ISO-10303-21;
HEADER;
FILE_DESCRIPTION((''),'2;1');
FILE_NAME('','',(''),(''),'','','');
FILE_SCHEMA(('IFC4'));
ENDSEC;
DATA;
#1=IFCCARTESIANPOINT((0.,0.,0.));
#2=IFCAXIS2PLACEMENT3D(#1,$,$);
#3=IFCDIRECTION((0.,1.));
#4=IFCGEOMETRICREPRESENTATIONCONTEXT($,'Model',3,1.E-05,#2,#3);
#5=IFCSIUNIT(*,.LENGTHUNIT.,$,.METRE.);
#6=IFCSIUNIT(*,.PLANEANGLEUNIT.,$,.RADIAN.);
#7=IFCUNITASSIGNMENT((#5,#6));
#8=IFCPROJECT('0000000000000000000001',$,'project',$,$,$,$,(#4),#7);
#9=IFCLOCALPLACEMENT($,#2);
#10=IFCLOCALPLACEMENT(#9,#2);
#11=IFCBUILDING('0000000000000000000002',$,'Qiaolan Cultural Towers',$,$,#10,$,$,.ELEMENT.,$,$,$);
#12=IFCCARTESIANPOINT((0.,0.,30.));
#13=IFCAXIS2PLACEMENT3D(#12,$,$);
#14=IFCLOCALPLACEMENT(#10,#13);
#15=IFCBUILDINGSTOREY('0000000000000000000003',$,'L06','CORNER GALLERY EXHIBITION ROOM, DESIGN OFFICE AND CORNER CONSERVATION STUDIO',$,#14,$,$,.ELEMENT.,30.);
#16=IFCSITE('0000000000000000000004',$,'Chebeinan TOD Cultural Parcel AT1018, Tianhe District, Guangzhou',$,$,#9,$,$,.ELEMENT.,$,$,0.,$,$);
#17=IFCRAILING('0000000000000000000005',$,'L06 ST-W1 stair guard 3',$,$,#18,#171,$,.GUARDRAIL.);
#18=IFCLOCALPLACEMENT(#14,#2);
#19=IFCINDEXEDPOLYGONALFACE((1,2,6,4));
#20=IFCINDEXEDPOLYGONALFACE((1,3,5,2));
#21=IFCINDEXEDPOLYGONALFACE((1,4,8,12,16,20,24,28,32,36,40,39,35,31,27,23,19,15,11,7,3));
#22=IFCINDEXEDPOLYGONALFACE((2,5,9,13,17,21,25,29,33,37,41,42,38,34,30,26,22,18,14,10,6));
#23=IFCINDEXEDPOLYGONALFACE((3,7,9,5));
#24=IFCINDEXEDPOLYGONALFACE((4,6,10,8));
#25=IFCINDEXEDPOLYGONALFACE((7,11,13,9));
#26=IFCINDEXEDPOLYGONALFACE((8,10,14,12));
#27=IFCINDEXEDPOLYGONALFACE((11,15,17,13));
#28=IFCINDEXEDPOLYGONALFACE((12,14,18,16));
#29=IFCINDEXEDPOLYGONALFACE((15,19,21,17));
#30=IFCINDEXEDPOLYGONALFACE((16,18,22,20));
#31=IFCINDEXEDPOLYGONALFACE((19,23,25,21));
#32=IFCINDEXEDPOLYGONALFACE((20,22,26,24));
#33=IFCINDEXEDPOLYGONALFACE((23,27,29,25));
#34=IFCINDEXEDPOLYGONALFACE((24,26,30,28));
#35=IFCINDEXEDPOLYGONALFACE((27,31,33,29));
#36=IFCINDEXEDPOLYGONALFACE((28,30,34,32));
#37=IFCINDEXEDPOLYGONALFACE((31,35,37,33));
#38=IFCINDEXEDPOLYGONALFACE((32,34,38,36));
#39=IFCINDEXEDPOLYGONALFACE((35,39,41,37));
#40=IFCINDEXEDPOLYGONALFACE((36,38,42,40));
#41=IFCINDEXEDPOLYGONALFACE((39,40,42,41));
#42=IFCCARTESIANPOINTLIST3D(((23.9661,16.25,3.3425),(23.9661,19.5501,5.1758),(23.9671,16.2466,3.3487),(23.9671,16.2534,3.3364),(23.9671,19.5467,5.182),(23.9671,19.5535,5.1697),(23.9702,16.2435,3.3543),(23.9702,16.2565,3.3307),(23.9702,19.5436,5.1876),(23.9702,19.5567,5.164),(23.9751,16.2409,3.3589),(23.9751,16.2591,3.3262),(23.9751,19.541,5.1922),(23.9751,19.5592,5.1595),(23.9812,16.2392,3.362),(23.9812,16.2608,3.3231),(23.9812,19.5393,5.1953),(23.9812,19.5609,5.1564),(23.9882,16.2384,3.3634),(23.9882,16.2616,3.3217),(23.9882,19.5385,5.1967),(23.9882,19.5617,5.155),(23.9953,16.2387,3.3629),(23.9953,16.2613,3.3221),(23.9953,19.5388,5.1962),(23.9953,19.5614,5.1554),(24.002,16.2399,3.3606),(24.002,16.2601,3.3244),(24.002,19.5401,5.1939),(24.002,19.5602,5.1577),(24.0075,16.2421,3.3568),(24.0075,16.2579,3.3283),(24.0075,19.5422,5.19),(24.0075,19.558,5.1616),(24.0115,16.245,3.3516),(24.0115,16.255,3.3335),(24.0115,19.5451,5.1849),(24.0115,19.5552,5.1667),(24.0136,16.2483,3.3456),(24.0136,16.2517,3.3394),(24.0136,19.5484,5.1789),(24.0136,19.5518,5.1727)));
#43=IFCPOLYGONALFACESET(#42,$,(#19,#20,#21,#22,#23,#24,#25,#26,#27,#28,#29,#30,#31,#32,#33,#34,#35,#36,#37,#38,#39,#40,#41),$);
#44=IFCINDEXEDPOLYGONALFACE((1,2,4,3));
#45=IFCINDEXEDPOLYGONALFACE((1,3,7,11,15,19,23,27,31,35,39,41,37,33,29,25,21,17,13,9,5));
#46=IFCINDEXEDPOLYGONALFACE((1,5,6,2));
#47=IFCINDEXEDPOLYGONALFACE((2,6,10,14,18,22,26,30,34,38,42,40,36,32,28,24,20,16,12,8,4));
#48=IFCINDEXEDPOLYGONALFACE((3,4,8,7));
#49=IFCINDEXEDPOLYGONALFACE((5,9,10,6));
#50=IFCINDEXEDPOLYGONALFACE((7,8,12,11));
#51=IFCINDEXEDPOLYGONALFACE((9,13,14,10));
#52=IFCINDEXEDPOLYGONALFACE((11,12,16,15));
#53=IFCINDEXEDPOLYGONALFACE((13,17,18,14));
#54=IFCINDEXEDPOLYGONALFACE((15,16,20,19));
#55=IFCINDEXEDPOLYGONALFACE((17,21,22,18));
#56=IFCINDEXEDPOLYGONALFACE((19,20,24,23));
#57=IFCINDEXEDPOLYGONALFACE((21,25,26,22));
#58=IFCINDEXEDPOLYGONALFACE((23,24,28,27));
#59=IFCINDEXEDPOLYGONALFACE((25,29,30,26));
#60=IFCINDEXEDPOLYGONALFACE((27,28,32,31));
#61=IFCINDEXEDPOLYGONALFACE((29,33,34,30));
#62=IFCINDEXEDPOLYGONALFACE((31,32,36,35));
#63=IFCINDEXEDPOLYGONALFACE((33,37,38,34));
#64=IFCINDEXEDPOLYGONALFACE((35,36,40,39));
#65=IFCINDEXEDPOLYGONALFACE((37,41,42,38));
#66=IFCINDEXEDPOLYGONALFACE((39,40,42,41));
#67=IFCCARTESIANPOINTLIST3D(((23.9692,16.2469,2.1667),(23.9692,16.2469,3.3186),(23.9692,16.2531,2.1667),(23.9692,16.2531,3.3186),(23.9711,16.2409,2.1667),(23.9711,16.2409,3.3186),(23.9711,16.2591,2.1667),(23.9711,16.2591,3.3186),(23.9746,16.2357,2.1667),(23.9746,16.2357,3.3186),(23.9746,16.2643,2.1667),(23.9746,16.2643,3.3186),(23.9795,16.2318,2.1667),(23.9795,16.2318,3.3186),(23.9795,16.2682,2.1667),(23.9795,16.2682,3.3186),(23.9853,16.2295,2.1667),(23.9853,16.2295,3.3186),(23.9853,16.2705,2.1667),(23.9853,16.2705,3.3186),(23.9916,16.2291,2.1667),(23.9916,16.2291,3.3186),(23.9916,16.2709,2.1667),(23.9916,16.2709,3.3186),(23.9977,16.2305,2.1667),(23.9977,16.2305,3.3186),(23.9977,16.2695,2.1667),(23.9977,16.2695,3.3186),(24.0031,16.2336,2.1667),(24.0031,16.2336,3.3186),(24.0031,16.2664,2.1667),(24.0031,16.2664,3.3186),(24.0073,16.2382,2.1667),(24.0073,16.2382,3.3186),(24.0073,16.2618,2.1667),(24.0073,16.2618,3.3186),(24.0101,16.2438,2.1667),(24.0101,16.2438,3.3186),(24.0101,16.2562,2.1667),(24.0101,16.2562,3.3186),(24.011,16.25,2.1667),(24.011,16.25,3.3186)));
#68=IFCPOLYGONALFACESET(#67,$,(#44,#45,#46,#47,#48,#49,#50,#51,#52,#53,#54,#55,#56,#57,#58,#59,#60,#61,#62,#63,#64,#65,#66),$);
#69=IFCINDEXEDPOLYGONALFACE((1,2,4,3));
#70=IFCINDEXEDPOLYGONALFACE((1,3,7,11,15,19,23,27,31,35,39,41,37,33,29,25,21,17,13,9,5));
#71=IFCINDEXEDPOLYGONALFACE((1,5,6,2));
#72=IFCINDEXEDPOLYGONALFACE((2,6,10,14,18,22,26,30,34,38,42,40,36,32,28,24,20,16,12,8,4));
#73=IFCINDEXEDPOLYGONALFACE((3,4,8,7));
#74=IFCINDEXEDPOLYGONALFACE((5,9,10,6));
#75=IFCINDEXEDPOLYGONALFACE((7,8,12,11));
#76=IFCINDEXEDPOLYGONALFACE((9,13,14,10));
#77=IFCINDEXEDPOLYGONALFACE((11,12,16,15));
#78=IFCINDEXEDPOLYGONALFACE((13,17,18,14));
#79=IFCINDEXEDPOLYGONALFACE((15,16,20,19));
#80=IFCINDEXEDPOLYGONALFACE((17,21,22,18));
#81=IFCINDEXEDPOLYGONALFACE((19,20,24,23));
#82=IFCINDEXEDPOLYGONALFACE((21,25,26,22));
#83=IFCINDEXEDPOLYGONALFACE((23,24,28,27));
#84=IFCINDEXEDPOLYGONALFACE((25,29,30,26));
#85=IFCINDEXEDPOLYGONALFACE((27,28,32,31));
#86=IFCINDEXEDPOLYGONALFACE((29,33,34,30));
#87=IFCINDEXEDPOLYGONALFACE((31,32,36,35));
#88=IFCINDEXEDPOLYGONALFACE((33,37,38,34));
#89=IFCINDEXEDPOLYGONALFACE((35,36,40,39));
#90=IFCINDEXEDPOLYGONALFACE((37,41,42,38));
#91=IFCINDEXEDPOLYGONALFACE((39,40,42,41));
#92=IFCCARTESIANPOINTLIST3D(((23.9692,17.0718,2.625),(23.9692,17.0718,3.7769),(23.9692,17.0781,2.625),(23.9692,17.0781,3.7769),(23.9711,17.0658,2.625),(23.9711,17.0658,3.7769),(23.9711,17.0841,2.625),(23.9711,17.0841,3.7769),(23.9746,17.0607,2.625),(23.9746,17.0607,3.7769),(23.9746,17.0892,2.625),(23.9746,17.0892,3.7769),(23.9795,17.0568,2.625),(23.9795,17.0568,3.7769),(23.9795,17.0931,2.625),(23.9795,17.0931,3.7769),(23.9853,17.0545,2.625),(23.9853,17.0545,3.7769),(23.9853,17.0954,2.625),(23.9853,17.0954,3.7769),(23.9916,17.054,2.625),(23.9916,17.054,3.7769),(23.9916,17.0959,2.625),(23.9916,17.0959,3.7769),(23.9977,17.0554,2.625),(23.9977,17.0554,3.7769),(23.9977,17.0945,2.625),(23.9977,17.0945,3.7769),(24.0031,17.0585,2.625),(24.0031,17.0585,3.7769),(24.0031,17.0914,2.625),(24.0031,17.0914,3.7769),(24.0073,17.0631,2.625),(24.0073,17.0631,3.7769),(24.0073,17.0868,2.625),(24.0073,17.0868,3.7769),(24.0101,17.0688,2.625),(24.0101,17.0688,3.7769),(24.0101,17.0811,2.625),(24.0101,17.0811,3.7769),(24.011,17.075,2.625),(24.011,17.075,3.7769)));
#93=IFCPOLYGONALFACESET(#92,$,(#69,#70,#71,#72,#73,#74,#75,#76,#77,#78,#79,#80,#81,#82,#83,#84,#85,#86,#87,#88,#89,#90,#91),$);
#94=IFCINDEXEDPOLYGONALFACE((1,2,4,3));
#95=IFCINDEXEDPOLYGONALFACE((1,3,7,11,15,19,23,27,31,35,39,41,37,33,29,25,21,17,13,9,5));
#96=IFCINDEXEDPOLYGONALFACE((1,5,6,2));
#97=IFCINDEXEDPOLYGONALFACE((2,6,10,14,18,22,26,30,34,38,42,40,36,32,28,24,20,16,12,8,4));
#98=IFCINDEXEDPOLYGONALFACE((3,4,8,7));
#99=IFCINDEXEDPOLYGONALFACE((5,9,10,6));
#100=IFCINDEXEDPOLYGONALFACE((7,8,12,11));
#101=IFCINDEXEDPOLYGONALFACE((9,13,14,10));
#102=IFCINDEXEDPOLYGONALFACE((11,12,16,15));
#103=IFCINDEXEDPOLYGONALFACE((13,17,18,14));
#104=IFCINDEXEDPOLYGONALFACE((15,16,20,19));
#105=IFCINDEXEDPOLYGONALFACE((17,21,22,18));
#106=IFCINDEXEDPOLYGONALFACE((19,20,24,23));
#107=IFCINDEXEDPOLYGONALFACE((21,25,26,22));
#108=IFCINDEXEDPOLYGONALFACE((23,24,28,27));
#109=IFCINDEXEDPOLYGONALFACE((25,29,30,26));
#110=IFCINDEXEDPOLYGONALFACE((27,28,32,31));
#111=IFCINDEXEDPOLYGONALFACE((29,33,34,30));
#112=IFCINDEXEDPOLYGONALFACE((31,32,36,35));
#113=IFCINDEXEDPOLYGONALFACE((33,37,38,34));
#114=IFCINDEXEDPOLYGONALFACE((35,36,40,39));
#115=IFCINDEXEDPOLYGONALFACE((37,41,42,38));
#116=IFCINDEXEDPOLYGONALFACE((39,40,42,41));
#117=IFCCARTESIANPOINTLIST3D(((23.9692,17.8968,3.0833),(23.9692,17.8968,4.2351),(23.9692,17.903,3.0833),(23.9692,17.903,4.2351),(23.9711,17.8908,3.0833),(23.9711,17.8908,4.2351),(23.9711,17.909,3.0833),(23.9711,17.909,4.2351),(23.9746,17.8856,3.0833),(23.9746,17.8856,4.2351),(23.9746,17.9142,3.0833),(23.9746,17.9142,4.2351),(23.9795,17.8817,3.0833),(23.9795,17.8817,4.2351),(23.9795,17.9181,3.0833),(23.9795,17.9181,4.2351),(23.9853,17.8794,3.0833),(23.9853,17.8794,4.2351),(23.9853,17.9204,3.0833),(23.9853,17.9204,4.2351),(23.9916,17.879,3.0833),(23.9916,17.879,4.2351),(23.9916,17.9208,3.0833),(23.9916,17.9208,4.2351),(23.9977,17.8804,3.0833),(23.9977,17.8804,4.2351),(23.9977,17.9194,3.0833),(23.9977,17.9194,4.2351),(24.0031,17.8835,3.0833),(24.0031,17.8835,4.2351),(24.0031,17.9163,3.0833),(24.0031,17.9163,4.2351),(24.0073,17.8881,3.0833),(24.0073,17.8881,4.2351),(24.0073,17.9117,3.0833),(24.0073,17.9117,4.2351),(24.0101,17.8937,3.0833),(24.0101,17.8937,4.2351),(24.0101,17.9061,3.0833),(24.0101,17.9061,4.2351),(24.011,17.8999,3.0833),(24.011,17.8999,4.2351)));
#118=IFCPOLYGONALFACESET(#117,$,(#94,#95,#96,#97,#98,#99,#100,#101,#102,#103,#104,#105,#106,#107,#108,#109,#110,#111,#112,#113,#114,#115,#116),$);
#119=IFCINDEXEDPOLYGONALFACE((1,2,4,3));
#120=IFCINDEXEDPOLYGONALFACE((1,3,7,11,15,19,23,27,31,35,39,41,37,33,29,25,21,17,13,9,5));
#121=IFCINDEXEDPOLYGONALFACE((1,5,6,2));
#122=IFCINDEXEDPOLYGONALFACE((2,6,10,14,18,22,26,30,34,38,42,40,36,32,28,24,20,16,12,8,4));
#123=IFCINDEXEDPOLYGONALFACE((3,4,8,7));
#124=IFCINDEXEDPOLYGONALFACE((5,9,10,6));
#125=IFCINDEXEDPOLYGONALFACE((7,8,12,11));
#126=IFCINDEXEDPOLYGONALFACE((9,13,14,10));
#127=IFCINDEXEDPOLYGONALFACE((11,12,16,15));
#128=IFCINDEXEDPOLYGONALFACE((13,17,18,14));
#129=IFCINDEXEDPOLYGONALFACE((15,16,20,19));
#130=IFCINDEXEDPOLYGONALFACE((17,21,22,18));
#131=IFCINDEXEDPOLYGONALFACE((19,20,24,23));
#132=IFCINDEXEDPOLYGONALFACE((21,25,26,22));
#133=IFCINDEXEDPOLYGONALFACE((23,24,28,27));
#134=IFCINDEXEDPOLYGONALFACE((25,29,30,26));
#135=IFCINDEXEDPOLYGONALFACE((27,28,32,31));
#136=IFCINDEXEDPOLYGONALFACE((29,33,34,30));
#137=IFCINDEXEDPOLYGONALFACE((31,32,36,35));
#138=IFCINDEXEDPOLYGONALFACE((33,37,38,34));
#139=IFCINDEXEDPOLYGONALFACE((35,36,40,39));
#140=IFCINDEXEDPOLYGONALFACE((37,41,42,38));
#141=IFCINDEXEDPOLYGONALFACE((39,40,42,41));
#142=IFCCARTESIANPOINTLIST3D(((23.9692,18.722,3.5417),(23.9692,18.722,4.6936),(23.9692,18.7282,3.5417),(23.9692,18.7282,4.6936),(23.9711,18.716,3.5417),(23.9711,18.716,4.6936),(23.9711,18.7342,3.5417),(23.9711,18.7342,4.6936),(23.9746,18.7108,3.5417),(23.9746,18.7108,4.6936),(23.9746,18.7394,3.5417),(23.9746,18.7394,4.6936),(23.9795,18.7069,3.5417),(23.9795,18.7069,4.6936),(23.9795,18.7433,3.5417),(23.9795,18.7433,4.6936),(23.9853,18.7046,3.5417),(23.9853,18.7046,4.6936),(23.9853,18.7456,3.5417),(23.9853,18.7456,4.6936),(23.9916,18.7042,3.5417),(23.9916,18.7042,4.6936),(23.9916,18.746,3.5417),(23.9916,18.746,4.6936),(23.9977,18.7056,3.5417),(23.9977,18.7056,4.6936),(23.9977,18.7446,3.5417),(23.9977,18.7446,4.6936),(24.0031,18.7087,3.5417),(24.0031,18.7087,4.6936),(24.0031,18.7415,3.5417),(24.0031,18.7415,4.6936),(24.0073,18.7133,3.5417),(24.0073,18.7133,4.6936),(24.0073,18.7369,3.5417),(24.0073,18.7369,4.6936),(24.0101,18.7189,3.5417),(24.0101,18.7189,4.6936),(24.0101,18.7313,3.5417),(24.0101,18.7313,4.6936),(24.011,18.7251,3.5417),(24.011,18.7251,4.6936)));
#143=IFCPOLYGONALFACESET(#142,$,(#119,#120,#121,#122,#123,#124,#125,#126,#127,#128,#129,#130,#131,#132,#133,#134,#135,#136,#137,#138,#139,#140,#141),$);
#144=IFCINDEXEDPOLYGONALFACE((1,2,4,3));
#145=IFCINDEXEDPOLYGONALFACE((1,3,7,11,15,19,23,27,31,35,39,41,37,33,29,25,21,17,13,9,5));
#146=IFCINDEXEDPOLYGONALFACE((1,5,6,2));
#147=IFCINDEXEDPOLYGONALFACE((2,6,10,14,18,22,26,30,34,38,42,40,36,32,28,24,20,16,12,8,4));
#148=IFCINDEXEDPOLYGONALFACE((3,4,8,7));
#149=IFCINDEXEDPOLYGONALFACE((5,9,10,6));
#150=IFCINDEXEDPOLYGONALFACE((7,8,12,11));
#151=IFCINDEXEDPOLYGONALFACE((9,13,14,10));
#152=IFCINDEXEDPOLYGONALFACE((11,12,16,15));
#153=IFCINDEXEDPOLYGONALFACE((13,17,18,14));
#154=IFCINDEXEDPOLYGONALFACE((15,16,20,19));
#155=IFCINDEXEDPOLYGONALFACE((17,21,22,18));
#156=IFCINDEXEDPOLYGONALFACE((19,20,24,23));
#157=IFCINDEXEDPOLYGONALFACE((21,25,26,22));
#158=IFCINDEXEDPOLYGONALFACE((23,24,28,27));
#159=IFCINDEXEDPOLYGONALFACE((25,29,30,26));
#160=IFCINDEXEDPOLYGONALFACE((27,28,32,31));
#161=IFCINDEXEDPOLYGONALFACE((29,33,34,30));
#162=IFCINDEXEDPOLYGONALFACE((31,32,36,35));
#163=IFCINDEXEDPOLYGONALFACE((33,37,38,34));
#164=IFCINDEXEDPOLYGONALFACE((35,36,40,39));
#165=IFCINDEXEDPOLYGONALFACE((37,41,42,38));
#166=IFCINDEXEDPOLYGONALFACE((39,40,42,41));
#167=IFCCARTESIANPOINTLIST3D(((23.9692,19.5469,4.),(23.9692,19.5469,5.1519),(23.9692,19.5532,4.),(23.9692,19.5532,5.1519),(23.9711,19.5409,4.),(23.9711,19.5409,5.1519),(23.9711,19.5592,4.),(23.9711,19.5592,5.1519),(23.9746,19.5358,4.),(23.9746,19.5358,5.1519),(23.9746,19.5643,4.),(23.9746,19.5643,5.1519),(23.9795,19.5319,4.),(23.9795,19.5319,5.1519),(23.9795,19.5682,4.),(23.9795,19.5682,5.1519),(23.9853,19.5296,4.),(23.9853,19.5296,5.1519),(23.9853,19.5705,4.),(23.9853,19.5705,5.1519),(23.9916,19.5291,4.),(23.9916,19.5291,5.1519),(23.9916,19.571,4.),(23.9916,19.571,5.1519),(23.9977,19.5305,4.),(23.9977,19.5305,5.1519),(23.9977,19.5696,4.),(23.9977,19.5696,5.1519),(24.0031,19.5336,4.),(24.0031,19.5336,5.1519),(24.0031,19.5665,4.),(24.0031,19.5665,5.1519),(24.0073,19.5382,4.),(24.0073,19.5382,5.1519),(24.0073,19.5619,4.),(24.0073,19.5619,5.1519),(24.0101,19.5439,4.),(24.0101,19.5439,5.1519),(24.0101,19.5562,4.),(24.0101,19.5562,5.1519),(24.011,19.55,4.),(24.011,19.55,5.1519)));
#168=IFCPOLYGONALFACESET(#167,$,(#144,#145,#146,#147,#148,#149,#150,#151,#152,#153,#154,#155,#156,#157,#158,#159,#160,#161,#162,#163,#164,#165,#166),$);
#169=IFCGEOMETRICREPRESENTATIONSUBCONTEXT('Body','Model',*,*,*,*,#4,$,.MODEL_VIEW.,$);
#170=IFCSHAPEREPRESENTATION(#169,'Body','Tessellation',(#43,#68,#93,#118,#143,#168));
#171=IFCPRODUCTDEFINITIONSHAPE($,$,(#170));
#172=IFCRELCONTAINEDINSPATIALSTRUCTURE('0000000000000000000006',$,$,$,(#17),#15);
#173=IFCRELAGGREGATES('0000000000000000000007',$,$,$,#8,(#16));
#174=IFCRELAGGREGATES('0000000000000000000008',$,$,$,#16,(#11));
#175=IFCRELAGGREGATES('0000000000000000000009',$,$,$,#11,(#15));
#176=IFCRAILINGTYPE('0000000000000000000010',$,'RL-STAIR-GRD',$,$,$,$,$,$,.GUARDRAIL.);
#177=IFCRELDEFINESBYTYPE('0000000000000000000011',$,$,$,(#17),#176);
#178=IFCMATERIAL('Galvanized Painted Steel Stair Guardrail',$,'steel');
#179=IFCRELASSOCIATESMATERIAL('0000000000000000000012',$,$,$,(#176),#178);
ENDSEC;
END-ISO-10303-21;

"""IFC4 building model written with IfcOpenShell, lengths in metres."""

from ifc_helpers import new_model, si_unit, direction, frame, origin, origin_2d, place, context, subcontext, project, spatial, circle, extrude, material, type_object, element, save


model = new_model("IFC4")

# Units and contexts
model_context = context("Model", 3, precision=1e-05, world=origin(), true_north=direction((0.0, 1.0)))
body_context = subcontext(model_context, "Body", "Model", "MODEL_VIEW")
ifc_project = project(units=[si_unit("LENGTHUNIT", "METRE"), si_unit("PLANEANGLEUNIT", "RADIAN")], contexts=[model_context])

# Site, building, storey
site_placement = place(None, origin())
site = spatial("IfcSite", under=ifc_project, at=site_placement, Name="Chebeinan TOD Cultural Parcel AT1018, Tianhe District, Guangzhou", CompositionType="ELEMENT", RefElevation=0.0)
building_placement = place(site_placement, origin())
building = spatial("IfcBuilding", under=site, at=building_placement, Name="Qiaolan Cultural Towers", CompositionType="ELEMENT")
storey_placement = place(building_placement, frame((0.0, 0.0, 30.0)))
storey = spatial("IfcBuildingStorey", under=building, at=storey_placement, Name="L06", Description="CORNER GALLERY EXHIBITION ROOM, DESIGN OFFICE AND CORNER CONSERVATION STUDIO", CompositionType="ELEMENT", Elevation=30.0)

# Railing
ifc_material_1 = material(Name="Galvanized Painted Steel Stair Guardrail", Category="steel")
railing_type_1 = type_object("IfcRailingType", Name="RL-STAIR-GRD", PredefinedType="GUARDRAIL", material=ifc_material_1)
railing_1_placement = place(storey_placement, frame((23.99, 16.25, 2.1667)))
element("IfcRailing", 1, at=railing_1_placement, inside=storey, type_object=railing_type_1, Name="L06 ST-W1 stair guard 3", PredefinedType="GUARDRAIL", context=body_context, shape_type="SweptSolid", body=[
    extrude(circle(Radius=0.0239, at=origin_2d()), frame((0.0, 0.0, 1.1758), z_axis=(0.0, 0.874169, 0.485621), x_axis=(-1.0, 0.0, 0.0)), (0.0, 0.0, 1.0), 3.7751),
    extrude(circle(Radius=0.021, at=origin_2d()), origin(), (0.0, 0.0, 1.0), 1.1519),
    extrude(circle(Radius=0.021, at=origin_2d()), frame((0.0, 0.825, 0.4583)), (0.0, 0.0, 1.0), 1.1519),
    extrude(circle(Radius=0.021, at=origin_2d()), frame((0.0, 1.6499, 0.9165)), (0.0, 0.0, 1.0), 1.1519),
    extrude(circle(Radius=0.021, at=origin_2d()), frame((0.0, 2.4751, 1.375)), (0.0, 0.0, 1.0), 1.1519),
    extrude(circle(Radius=0.021, at=origin_2d()), frame((0.0, 3.3, 1.8333)), (0.0, 0.0, 1.0), 1.1519),
])

save(model, "model.ifc")
